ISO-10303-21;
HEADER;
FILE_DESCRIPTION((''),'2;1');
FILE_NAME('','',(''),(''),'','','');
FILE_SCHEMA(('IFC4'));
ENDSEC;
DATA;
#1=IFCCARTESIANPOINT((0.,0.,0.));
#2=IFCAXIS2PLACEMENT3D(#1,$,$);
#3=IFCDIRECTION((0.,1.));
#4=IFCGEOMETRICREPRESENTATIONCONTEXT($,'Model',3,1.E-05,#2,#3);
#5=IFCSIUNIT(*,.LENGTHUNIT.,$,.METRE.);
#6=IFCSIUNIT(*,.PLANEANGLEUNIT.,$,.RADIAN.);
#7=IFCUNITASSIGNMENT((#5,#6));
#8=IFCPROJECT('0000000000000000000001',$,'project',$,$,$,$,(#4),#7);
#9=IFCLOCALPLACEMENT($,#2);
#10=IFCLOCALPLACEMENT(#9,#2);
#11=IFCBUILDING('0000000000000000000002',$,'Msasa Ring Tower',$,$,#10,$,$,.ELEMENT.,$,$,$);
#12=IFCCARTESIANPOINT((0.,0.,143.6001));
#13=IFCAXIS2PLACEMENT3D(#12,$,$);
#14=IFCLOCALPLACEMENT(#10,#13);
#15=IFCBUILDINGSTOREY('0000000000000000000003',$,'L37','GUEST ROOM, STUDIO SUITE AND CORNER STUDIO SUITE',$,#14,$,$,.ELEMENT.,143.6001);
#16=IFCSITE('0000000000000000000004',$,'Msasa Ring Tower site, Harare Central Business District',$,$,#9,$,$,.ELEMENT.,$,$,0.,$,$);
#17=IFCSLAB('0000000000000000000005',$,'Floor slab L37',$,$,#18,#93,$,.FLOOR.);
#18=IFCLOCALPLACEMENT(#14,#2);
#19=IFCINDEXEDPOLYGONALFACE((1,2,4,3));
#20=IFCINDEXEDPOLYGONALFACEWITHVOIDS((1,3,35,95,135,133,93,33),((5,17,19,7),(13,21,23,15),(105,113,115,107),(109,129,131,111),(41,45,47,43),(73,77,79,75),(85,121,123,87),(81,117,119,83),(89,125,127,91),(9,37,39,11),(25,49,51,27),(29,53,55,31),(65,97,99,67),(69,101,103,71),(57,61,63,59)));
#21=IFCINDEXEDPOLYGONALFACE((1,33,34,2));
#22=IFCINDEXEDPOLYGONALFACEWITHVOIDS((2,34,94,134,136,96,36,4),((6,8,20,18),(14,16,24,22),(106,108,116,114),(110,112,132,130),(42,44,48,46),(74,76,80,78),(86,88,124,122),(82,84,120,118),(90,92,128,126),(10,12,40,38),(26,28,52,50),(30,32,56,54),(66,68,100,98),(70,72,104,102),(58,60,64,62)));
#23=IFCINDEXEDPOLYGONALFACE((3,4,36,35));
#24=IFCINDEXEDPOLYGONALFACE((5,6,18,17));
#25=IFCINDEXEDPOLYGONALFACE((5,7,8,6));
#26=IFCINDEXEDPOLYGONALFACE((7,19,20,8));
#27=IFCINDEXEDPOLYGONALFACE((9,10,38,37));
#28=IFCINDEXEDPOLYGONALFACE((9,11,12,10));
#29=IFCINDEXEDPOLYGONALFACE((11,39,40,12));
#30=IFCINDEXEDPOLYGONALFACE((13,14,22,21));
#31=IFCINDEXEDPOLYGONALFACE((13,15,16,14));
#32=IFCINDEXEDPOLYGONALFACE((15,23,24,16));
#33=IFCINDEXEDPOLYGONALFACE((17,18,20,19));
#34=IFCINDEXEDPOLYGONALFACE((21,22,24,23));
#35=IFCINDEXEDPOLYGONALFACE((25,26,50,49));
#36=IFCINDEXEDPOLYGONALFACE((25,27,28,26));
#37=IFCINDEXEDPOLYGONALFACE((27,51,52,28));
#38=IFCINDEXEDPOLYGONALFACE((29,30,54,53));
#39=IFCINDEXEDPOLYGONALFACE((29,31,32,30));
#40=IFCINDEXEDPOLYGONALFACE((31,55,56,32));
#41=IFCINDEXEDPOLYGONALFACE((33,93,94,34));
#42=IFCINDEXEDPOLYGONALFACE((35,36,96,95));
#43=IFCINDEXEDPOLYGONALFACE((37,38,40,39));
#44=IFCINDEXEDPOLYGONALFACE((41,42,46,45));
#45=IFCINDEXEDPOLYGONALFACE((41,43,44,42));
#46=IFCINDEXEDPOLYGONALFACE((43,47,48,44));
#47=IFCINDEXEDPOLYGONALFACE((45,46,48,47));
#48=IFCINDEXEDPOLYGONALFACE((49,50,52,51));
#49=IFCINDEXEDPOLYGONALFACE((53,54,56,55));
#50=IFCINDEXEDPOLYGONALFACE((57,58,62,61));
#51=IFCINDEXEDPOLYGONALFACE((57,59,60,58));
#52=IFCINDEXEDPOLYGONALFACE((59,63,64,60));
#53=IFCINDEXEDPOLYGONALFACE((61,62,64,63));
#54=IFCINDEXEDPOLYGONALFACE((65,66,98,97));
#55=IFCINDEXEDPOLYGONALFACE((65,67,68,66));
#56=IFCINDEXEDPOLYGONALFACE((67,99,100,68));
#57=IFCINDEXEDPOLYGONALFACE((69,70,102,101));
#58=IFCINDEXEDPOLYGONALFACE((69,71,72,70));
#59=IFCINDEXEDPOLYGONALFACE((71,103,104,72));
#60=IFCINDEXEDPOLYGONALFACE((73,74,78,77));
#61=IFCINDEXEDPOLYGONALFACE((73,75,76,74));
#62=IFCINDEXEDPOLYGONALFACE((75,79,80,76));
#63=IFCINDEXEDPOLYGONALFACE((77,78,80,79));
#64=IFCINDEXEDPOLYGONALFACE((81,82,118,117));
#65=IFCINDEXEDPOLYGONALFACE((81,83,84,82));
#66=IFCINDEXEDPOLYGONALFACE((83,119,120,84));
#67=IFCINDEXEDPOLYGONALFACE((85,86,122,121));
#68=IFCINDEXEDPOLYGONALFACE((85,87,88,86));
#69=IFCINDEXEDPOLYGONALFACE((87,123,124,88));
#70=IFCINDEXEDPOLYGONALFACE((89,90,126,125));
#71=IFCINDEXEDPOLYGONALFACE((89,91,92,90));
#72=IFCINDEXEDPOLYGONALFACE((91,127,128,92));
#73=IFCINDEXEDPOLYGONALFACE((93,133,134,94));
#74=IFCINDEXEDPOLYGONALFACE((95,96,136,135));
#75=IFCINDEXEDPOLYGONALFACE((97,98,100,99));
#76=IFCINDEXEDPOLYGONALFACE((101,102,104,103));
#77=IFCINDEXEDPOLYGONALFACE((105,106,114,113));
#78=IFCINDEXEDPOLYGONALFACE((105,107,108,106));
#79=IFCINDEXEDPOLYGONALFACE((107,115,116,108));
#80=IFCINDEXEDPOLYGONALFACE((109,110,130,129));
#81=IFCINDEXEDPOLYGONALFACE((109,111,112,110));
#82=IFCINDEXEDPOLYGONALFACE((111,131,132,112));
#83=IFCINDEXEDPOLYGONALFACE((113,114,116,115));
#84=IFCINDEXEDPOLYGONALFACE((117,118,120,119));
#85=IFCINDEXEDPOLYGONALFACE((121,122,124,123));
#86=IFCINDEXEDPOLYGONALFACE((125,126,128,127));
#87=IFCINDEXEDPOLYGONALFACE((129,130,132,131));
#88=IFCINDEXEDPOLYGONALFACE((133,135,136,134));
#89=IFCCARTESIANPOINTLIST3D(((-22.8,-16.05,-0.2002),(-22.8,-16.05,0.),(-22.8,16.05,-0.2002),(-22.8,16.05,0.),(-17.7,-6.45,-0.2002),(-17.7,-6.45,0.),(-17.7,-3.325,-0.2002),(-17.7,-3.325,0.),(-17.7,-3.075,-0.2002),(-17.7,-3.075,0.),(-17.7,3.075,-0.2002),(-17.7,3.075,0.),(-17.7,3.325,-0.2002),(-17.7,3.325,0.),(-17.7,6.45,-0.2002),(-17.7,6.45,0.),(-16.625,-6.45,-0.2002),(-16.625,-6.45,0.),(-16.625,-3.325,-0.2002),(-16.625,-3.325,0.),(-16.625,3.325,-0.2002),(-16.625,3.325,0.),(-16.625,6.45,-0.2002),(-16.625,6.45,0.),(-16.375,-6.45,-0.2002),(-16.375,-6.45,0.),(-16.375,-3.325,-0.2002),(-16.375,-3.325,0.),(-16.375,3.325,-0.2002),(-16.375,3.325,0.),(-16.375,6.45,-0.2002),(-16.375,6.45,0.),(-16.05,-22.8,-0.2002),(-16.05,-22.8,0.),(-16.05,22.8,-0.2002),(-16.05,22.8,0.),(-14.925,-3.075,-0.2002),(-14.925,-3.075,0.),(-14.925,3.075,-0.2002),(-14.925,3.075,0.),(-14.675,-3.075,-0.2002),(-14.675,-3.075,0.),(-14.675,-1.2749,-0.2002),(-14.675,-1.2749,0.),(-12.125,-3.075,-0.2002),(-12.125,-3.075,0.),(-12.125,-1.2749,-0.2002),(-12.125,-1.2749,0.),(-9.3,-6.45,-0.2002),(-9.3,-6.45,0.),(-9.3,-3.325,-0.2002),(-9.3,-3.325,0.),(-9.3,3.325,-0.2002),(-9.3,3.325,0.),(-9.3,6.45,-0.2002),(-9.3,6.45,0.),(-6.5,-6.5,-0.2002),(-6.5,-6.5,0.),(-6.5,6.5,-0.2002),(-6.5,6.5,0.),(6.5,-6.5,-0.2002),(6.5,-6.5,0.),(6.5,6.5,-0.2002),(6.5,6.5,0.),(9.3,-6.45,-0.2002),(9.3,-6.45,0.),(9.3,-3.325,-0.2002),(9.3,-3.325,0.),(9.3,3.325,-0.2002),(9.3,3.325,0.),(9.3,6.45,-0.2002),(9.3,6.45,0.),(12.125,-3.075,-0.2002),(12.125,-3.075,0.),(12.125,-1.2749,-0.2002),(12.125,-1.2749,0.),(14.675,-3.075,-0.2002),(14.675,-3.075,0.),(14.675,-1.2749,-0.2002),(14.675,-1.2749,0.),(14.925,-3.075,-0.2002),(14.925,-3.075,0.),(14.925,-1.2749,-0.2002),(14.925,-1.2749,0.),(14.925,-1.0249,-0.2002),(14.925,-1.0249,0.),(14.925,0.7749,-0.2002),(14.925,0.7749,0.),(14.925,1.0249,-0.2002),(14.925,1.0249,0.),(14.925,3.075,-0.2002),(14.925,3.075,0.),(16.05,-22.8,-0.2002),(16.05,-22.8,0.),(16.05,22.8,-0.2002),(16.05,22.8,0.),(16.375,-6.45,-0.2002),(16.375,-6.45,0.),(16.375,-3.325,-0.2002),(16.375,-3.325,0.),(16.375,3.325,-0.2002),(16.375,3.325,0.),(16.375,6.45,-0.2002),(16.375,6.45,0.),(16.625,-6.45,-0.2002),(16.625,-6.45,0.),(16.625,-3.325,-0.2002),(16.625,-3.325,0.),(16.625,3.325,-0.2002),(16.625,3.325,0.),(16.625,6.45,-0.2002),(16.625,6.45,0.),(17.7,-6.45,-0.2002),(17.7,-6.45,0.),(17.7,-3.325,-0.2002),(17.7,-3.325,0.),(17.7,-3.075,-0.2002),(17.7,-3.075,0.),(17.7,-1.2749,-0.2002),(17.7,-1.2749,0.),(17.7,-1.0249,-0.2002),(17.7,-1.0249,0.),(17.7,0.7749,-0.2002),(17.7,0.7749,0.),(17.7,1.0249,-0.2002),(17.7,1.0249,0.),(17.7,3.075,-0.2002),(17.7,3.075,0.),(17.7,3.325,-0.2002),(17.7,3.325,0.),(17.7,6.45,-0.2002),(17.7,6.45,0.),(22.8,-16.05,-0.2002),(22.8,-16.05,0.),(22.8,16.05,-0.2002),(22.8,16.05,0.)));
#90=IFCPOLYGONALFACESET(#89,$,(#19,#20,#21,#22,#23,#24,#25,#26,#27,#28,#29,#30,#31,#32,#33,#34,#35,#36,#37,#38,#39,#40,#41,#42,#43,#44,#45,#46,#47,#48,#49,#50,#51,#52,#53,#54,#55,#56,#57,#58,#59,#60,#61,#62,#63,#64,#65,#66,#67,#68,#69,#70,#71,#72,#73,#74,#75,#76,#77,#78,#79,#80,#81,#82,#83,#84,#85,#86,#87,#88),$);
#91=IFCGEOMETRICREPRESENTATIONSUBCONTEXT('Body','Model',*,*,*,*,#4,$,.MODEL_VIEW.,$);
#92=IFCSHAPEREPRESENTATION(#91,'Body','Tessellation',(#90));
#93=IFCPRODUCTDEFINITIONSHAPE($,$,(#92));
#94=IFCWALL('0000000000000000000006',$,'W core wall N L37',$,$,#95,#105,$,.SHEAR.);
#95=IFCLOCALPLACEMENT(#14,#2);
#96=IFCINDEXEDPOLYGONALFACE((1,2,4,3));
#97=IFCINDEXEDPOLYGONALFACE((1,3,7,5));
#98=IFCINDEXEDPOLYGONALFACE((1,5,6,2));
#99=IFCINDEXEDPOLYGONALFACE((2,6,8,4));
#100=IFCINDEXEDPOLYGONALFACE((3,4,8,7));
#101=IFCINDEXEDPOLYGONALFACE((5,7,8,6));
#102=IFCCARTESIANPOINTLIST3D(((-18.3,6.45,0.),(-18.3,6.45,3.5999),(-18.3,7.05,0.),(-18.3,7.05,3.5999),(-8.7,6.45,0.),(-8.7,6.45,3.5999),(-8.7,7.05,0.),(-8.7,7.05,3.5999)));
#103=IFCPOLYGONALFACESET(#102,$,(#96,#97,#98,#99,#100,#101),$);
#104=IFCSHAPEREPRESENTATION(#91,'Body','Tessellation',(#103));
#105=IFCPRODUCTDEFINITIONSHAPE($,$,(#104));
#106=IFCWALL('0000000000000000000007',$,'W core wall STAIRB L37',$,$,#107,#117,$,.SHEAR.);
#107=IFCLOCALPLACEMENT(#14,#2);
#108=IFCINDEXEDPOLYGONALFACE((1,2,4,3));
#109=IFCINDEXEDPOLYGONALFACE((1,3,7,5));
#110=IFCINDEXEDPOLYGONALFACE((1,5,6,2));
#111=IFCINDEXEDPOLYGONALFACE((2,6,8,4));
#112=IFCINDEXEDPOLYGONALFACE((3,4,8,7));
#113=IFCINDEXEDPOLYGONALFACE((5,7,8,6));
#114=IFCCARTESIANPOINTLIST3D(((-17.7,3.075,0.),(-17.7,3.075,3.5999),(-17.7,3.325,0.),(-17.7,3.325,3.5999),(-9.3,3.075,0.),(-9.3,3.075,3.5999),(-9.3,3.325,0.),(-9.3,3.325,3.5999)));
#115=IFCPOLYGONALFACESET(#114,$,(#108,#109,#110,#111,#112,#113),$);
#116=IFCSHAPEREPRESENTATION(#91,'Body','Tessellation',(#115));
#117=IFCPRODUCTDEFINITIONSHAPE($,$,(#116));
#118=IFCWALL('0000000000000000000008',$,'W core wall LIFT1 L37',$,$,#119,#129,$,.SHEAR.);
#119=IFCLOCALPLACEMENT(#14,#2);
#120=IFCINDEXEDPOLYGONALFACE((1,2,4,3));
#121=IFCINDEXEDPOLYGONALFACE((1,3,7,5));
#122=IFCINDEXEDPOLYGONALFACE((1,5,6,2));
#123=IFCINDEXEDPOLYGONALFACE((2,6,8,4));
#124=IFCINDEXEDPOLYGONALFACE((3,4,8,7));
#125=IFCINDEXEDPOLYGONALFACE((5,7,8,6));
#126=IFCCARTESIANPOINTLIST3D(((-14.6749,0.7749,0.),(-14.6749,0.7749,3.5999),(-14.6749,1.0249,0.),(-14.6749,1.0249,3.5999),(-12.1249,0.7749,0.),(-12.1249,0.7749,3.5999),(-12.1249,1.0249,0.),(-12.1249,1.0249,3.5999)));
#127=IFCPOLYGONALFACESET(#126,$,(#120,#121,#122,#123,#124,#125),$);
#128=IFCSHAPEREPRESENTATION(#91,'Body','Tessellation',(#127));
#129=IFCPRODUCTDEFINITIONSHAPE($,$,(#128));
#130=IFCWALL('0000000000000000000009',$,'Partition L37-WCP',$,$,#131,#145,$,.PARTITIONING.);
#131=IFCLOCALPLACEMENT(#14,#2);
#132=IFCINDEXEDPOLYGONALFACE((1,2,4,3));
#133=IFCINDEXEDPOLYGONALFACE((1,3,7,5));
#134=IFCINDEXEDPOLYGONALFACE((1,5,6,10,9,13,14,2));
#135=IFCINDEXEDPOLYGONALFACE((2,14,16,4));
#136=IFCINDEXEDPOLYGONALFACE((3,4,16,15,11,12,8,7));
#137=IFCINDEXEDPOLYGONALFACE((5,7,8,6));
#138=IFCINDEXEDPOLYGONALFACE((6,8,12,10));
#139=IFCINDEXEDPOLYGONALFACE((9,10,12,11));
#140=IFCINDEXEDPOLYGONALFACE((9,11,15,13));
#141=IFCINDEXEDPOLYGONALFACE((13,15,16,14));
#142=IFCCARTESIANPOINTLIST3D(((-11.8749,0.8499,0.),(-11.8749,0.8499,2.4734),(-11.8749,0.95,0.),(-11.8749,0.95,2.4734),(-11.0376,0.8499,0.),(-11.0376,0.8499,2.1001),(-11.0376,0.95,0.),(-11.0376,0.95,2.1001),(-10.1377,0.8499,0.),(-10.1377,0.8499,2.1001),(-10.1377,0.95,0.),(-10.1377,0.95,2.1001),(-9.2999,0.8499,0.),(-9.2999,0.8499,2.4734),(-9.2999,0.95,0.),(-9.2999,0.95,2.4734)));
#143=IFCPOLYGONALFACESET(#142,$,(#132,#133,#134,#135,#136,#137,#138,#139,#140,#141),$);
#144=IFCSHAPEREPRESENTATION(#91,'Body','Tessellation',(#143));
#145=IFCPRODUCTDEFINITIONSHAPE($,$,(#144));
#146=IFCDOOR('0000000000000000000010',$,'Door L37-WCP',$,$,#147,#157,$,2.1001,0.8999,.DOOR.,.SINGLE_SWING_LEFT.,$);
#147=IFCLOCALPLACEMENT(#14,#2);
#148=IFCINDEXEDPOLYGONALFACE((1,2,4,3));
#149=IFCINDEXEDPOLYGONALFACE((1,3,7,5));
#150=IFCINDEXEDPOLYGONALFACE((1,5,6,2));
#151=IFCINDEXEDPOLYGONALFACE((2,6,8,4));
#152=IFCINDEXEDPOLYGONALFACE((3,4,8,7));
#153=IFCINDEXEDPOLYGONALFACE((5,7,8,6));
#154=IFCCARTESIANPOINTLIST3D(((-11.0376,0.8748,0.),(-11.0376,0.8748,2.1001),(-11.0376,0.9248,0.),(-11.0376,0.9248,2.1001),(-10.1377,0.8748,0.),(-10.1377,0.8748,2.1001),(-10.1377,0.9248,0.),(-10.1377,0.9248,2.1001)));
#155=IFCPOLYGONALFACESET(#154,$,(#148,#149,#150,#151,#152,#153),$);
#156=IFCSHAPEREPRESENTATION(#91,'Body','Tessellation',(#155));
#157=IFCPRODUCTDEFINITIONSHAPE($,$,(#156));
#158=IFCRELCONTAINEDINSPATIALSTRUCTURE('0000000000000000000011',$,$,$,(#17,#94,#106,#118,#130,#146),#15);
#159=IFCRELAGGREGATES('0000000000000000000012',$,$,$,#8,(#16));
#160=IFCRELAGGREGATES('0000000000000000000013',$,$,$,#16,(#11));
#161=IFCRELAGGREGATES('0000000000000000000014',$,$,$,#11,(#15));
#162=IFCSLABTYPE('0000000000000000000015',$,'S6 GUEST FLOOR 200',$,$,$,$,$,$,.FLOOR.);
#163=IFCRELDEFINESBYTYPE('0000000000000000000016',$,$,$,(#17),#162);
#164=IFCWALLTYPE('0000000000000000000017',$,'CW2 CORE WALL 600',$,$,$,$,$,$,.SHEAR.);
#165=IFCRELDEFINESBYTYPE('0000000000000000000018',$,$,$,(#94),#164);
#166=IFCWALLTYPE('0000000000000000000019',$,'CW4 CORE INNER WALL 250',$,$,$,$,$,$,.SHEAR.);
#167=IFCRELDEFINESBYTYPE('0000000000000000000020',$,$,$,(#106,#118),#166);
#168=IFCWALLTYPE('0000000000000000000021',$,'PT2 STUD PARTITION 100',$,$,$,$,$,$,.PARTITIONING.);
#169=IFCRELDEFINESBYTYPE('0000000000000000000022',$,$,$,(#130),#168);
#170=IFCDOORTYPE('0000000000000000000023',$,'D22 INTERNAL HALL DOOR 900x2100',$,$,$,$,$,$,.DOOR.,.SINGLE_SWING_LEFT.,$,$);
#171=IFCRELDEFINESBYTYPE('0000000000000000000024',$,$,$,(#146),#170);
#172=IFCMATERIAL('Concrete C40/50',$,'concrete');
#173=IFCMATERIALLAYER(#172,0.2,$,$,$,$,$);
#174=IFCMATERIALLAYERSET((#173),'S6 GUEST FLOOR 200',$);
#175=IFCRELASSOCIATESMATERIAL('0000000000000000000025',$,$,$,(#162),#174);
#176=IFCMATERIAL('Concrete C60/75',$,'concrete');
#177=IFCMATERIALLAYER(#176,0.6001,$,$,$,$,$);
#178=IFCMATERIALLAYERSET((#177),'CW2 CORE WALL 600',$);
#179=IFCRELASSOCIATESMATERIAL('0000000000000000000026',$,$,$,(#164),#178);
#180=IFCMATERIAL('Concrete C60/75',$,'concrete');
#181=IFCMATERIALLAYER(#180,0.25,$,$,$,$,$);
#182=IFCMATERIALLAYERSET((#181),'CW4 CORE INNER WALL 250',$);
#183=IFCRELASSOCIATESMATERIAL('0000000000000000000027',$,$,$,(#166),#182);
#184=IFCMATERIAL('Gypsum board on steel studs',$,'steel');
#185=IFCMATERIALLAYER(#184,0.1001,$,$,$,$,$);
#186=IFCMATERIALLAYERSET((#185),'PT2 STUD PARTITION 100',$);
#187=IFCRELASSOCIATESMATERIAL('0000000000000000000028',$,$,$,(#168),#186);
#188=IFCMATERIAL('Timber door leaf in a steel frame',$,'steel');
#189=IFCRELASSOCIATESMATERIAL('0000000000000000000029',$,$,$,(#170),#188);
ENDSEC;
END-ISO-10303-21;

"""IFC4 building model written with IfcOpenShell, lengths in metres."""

from ifc_helpers import new_model, si_unit, direction, frame, frame_2d, origin, place, context, subcontext, project, spatial, polyline, rectangle, outline, extrude, material, layer, layer_set, type_object, element, fill, save


model = new_model("IFC4")

# Units and contexts
model_context = context("Model", 3, precision=1e-05, world=origin(), true_north=direction((0.0, 1.0)))
body_context = subcontext(model_context, "Body", "Model", "MODEL_VIEW")
ifc_project = project(units=[si_unit("LENGTHUNIT", "METRE"), si_unit("PLANEANGLEUNIT", "RADIAN")], contexts=[model_context])

# Site, building, storey
site_placement = place(None, origin())
site = spatial("IfcSite", under=ifc_project, at=site_placement, Name="Msasa Ring Tower site, Harare Central Business District", CompositionType="ELEMENT", RefElevation=0.0)
building_placement = place(site_placement, origin())
building = spatial("IfcBuilding", under=site, at=building_placement, Name="Msasa Ring Tower", CompositionType="ELEMENT")
storey_placement = place(building_placement, frame((0.0, 0.0, 143.6001)))
storey = spatial("IfcBuildingStorey", under=building, at=storey_placement, Name="L37", Description="GUEST ROOM, STUDIO SUITE AND CORNER STUDIO SUITE", CompositionType="ELEMENT", Elevation=143.6001)

# Slab
ifc_material_1 = material(Name="Concrete C40/50", Category="concrete")
ifc_layer_1 = layer(ifc_material_1, 0.2)
ifc_layer_set_1 = layer_set([ifc_layer_1], Name="S6 GUEST FLOOR 200")
slab_type = type_object("IfcSlabType", Name="S6 GUEST FLOOR 200", PredefinedType="FLOOR", material=ifc_layer_set_1)
slab_placement = place(storey_placement, frame((0.0, 0.0, -0.2002)))
element("IfcSlab", 1, at=slab_placement, inside=storey, type_object=slab_type, Name="Floor slab L37", PredefinedType="FLOOR", context=body_context, shape_type="SweptSolid", body=[
    extrude(outline(polyline([(-16.05, -22.8), (16.05, -22.8), (22.8, -16.05), (22.8, 16.05), (16.05, 22.8), (-16.05, 22.8), (-22.8, 16.05), (-22.8, -16.05), (-16.05, -22.8)]), holes=[polyline([(-6.5, -6.5), (6.5, -6.5), (6.5, 6.5), (-6.5, 6.5), (-6.5, -6.5)]), polyline([(9.3, -6.45), (16.375, -6.45), (16.375, -3.325), (9.3, -3.325), (9.3, -6.45)]), polyline([(9.3, 3.325), (16.375, 3.325), (16.375, 6.45), (9.3, 6.45), (9.3, 3.325)]), polyline([(12.125, -3.075), (14.675, -3.075), (14.675, -1.2749), (12.125, -1.2749), (12.125, -3.075)]), polyline([(16.625, -6.45), (17.7, -6.45), (17.7, -3.325), (16.625, -3.325), (16.625, -6.45)]), polyline([(16.625, 3.325), (17.7, 3.325), (17.7, 6.45), (16.625, 6.45), (16.625, 3.325)]), polyline([(14.925, -3.075), (17.7, -3.075), (17.7, -1.2749), (14.925, -1.2749), (14.925, -3.075)]), polyline([(14.925, -1.0249), (17.7, -1.0249), (17.7, 0.7749), (14.925, 0.7749), (14.925, -1.0249)]), polyline([(14.925, 1.0249), (17.7, 1.0249), (17.7, 3.075), (14.925, 3.075), (14.925, 1.0249)]), polyline([(-16.375, -6.45), (-9.3, -6.45), (-9.3, -3.325), (-16.375, -3.325), (-16.375, -6.45)]), polyline([(-16.375, 3.325), (-9.3, 3.325), (-9.3, 6.45), (-16.375, 6.45), (-16.375, 3.325)]), polyline([(-14.675, -3.075), (-12.125, -3.075), (-12.125, -1.2749), (-14.675, -1.2749), (-14.675, -3.075)]), polyline([(-17.7, -6.45), (-16.625, -6.45), (-16.625, -3.325), (-17.7, -3.325), (-17.7, -6.45)]), polyline([(-17.7, 3.325), (-16.625, 3.325), (-16.625, 6.45), (-17.7, 6.45), (-17.7, 3.325)]), polyline([(-17.7, -3.075), (-14.925, -3.075), (-14.925, 3.075), (-17.7, 3.075), (-17.7, -3.075)])]), origin(), (0.0, 0.0, 1.0), 0.2002),
])

# Walls
ifc_material_2 = material(Name="Concrete C60/75", Category="concrete")
ifc_layer_2 = layer(ifc_material_2, 0.6001)
ifc_layer_set_2 = layer_set([ifc_layer_2], Name="CW2 CORE WALL 600")
wall_type_1 = type_object("IfcWallType", Name="CW2 CORE WALL 600", PredefinedType="SHEAR", material=ifc_layer_set_2)
wall_1_placement = place(storey_placement, frame((-8.7, 6.75, 0.0), z_axis=(0.0, 0.0, 1.0), x_axis=(-1.0, 0.0, 0.0)))
element("IfcWall", 2, at=wall_1_placement, inside=storey, type_object=wall_type_1, Name="W core wall N L37", PredefinedType="SHEAR", context=body_context, shape_type="SweptSolid", body=[
    extrude(rectangle(XDim=9.6001, YDim=0.6001, at=frame_2d((4.8, 0.0))), origin(), (0.0, 0.0, 1.0), 3.5999),
])
ifc_material_3 = material(Name="Concrete C60/75", Category="concrete")
ifc_layer_3 = layer(ifc_material_3, 0.25)
ifc_layer_set_3 = layer_set([ifc_layer_3], Name="CW4 CORE INNER WALL 250")
wall_type_2 = type_object("IfcWallType", Name="CW4 CORE INNER WALL 250", PredefinedType="SHEAR", material=ifc_layer_set_3)
wall_2_placement = place(storey_placement, frame((-9.3, 3.2, 0.0), z_axis=(0.0, 0.0, 1.0), x_axis=(-1.0, 0.0, 0.0)))
element("IfcWall", 3, at=wall_2_placement, inside=storey, type_object=wall_type_2, Name="W core wall STAIRB L37", PredefinedType="SHEAR", context=body_context, shape_type="SweptSolid", body=[
    extrude(rectangle(XDim=8.3999, YDim=0.25, at=frame_2d((4.2, 0.0))), origin(), (0.0, 0.0, 1.0), 3.5999),
])
wall_3_placement = place(storey_placement, frame((-12.125, 0.8999, 0.0), z_axis=(0.0, 0.0, 1.0), x_axis=(-1.0, 0.0, 0.0)))
element("IfcWall", 4, at=wall_3_placement, inside=storey, type_object=wall_type_2, Name="W core wall LIFT1 L37", PredefinedType="SHEAR", context=body_context, shape_type="SweptSolid", body=[
    extrude(rectangle(XDim=2.55, YDim=0.25, at=frame_2d((1.2749, 0.0))), origin(), (0.0, 0.0, 1.0), 3.5999),
])

# Wall, opening, door
ifc_material_4 = material(Name="Gypsum board on steel studs", Category="steel")
ifc_layer_4 = layer(ifc_material_4, 0.1001)
ifc_layer_set_4 = layer_set([ifc_layer_4], Name="PT2 STUD PARTITION 100")
wall_type_3 = type_object("IfcWallType", Name="PT2 STUD PARTITION 100", PredefinedType="PARTITIONING", material=ifc_layer_set_4)
wall_4_placement = place(storey_placement, frame((-11.875, 0.8999, 0.0), z_axis=(0.0, 0.0, 1.0), x_axis=(1.0, 0.0, 0.0)))
wall_4 = element("IfcWall", 5, at=wall_4_placement, inside=storey, type_object=wall_type_3, Name="Partition L37-WCP", PredefinedType="PARTITIONING", context=body_context, shape_type="SweptSolid", body=[
    extrude(rectangle(XDim=2.575, YDim=0.1001, at=frame_2d((1.2876, 0.0))), origin(), (0.0, 0.0, 1.0), 2.4734),
])
opening_placement = place(wall_4_placement, frame((0.8374, 0.0, 0.0)))
opening = element("IfcOpeningElement", 6, at=opening_placement, cuts=wall_4, PredefinedType="OPENING", context=body_context, shape_type="SweptSolid", body=[
    extrude(rectangle(XDim=0.8999, YDim=2.1001, at=frame_2d((0.45, 1.05))), frame((0.0, 0.0601, 0.0), z_axis=(0.0, -1.0, 0.0), x_axis=(1.0, 0.0, 0.0)), (0.0, 0.0, 1.0), 0.1201),
])
ifc_material_5 = material(Name="Timber door leaf in a steel frame", Category="steel")
door_type = type_object("IfcDoorType", Name="D22 INTERNAL HALL DOOR 900x2100", OperationType="SINGLE_SWING_LEFT", PredefinedType="DOOR", material=ifc_material_5)
door_placement = place(opening_placement, origin())
door = element("IfcDoor", 7, at=door_placement, inside=storey, type_object=door_type, Name="Door L37-WCP", OperationType="SINGLE_SWING_LEFT", OverallHeight=2.1001, OverallWidth=0.8999, PredefinedType="DOOR", context=body_context, shape_type="SweptSolid", body=[
    extrude(rectangle(XDim=0.8999, YDim=2.1001, at=frame_2d((0.45, 1.05))), frame((0.0, 0.0249, 0.0), z_axis=(0.0, -1.0, 0.0), x_axis=(1.0, 0.0, 0.0)), (0.0, 0.0, 1.0), 0.05),
])
fill(opening, door)

save(model, "model.ifc")
